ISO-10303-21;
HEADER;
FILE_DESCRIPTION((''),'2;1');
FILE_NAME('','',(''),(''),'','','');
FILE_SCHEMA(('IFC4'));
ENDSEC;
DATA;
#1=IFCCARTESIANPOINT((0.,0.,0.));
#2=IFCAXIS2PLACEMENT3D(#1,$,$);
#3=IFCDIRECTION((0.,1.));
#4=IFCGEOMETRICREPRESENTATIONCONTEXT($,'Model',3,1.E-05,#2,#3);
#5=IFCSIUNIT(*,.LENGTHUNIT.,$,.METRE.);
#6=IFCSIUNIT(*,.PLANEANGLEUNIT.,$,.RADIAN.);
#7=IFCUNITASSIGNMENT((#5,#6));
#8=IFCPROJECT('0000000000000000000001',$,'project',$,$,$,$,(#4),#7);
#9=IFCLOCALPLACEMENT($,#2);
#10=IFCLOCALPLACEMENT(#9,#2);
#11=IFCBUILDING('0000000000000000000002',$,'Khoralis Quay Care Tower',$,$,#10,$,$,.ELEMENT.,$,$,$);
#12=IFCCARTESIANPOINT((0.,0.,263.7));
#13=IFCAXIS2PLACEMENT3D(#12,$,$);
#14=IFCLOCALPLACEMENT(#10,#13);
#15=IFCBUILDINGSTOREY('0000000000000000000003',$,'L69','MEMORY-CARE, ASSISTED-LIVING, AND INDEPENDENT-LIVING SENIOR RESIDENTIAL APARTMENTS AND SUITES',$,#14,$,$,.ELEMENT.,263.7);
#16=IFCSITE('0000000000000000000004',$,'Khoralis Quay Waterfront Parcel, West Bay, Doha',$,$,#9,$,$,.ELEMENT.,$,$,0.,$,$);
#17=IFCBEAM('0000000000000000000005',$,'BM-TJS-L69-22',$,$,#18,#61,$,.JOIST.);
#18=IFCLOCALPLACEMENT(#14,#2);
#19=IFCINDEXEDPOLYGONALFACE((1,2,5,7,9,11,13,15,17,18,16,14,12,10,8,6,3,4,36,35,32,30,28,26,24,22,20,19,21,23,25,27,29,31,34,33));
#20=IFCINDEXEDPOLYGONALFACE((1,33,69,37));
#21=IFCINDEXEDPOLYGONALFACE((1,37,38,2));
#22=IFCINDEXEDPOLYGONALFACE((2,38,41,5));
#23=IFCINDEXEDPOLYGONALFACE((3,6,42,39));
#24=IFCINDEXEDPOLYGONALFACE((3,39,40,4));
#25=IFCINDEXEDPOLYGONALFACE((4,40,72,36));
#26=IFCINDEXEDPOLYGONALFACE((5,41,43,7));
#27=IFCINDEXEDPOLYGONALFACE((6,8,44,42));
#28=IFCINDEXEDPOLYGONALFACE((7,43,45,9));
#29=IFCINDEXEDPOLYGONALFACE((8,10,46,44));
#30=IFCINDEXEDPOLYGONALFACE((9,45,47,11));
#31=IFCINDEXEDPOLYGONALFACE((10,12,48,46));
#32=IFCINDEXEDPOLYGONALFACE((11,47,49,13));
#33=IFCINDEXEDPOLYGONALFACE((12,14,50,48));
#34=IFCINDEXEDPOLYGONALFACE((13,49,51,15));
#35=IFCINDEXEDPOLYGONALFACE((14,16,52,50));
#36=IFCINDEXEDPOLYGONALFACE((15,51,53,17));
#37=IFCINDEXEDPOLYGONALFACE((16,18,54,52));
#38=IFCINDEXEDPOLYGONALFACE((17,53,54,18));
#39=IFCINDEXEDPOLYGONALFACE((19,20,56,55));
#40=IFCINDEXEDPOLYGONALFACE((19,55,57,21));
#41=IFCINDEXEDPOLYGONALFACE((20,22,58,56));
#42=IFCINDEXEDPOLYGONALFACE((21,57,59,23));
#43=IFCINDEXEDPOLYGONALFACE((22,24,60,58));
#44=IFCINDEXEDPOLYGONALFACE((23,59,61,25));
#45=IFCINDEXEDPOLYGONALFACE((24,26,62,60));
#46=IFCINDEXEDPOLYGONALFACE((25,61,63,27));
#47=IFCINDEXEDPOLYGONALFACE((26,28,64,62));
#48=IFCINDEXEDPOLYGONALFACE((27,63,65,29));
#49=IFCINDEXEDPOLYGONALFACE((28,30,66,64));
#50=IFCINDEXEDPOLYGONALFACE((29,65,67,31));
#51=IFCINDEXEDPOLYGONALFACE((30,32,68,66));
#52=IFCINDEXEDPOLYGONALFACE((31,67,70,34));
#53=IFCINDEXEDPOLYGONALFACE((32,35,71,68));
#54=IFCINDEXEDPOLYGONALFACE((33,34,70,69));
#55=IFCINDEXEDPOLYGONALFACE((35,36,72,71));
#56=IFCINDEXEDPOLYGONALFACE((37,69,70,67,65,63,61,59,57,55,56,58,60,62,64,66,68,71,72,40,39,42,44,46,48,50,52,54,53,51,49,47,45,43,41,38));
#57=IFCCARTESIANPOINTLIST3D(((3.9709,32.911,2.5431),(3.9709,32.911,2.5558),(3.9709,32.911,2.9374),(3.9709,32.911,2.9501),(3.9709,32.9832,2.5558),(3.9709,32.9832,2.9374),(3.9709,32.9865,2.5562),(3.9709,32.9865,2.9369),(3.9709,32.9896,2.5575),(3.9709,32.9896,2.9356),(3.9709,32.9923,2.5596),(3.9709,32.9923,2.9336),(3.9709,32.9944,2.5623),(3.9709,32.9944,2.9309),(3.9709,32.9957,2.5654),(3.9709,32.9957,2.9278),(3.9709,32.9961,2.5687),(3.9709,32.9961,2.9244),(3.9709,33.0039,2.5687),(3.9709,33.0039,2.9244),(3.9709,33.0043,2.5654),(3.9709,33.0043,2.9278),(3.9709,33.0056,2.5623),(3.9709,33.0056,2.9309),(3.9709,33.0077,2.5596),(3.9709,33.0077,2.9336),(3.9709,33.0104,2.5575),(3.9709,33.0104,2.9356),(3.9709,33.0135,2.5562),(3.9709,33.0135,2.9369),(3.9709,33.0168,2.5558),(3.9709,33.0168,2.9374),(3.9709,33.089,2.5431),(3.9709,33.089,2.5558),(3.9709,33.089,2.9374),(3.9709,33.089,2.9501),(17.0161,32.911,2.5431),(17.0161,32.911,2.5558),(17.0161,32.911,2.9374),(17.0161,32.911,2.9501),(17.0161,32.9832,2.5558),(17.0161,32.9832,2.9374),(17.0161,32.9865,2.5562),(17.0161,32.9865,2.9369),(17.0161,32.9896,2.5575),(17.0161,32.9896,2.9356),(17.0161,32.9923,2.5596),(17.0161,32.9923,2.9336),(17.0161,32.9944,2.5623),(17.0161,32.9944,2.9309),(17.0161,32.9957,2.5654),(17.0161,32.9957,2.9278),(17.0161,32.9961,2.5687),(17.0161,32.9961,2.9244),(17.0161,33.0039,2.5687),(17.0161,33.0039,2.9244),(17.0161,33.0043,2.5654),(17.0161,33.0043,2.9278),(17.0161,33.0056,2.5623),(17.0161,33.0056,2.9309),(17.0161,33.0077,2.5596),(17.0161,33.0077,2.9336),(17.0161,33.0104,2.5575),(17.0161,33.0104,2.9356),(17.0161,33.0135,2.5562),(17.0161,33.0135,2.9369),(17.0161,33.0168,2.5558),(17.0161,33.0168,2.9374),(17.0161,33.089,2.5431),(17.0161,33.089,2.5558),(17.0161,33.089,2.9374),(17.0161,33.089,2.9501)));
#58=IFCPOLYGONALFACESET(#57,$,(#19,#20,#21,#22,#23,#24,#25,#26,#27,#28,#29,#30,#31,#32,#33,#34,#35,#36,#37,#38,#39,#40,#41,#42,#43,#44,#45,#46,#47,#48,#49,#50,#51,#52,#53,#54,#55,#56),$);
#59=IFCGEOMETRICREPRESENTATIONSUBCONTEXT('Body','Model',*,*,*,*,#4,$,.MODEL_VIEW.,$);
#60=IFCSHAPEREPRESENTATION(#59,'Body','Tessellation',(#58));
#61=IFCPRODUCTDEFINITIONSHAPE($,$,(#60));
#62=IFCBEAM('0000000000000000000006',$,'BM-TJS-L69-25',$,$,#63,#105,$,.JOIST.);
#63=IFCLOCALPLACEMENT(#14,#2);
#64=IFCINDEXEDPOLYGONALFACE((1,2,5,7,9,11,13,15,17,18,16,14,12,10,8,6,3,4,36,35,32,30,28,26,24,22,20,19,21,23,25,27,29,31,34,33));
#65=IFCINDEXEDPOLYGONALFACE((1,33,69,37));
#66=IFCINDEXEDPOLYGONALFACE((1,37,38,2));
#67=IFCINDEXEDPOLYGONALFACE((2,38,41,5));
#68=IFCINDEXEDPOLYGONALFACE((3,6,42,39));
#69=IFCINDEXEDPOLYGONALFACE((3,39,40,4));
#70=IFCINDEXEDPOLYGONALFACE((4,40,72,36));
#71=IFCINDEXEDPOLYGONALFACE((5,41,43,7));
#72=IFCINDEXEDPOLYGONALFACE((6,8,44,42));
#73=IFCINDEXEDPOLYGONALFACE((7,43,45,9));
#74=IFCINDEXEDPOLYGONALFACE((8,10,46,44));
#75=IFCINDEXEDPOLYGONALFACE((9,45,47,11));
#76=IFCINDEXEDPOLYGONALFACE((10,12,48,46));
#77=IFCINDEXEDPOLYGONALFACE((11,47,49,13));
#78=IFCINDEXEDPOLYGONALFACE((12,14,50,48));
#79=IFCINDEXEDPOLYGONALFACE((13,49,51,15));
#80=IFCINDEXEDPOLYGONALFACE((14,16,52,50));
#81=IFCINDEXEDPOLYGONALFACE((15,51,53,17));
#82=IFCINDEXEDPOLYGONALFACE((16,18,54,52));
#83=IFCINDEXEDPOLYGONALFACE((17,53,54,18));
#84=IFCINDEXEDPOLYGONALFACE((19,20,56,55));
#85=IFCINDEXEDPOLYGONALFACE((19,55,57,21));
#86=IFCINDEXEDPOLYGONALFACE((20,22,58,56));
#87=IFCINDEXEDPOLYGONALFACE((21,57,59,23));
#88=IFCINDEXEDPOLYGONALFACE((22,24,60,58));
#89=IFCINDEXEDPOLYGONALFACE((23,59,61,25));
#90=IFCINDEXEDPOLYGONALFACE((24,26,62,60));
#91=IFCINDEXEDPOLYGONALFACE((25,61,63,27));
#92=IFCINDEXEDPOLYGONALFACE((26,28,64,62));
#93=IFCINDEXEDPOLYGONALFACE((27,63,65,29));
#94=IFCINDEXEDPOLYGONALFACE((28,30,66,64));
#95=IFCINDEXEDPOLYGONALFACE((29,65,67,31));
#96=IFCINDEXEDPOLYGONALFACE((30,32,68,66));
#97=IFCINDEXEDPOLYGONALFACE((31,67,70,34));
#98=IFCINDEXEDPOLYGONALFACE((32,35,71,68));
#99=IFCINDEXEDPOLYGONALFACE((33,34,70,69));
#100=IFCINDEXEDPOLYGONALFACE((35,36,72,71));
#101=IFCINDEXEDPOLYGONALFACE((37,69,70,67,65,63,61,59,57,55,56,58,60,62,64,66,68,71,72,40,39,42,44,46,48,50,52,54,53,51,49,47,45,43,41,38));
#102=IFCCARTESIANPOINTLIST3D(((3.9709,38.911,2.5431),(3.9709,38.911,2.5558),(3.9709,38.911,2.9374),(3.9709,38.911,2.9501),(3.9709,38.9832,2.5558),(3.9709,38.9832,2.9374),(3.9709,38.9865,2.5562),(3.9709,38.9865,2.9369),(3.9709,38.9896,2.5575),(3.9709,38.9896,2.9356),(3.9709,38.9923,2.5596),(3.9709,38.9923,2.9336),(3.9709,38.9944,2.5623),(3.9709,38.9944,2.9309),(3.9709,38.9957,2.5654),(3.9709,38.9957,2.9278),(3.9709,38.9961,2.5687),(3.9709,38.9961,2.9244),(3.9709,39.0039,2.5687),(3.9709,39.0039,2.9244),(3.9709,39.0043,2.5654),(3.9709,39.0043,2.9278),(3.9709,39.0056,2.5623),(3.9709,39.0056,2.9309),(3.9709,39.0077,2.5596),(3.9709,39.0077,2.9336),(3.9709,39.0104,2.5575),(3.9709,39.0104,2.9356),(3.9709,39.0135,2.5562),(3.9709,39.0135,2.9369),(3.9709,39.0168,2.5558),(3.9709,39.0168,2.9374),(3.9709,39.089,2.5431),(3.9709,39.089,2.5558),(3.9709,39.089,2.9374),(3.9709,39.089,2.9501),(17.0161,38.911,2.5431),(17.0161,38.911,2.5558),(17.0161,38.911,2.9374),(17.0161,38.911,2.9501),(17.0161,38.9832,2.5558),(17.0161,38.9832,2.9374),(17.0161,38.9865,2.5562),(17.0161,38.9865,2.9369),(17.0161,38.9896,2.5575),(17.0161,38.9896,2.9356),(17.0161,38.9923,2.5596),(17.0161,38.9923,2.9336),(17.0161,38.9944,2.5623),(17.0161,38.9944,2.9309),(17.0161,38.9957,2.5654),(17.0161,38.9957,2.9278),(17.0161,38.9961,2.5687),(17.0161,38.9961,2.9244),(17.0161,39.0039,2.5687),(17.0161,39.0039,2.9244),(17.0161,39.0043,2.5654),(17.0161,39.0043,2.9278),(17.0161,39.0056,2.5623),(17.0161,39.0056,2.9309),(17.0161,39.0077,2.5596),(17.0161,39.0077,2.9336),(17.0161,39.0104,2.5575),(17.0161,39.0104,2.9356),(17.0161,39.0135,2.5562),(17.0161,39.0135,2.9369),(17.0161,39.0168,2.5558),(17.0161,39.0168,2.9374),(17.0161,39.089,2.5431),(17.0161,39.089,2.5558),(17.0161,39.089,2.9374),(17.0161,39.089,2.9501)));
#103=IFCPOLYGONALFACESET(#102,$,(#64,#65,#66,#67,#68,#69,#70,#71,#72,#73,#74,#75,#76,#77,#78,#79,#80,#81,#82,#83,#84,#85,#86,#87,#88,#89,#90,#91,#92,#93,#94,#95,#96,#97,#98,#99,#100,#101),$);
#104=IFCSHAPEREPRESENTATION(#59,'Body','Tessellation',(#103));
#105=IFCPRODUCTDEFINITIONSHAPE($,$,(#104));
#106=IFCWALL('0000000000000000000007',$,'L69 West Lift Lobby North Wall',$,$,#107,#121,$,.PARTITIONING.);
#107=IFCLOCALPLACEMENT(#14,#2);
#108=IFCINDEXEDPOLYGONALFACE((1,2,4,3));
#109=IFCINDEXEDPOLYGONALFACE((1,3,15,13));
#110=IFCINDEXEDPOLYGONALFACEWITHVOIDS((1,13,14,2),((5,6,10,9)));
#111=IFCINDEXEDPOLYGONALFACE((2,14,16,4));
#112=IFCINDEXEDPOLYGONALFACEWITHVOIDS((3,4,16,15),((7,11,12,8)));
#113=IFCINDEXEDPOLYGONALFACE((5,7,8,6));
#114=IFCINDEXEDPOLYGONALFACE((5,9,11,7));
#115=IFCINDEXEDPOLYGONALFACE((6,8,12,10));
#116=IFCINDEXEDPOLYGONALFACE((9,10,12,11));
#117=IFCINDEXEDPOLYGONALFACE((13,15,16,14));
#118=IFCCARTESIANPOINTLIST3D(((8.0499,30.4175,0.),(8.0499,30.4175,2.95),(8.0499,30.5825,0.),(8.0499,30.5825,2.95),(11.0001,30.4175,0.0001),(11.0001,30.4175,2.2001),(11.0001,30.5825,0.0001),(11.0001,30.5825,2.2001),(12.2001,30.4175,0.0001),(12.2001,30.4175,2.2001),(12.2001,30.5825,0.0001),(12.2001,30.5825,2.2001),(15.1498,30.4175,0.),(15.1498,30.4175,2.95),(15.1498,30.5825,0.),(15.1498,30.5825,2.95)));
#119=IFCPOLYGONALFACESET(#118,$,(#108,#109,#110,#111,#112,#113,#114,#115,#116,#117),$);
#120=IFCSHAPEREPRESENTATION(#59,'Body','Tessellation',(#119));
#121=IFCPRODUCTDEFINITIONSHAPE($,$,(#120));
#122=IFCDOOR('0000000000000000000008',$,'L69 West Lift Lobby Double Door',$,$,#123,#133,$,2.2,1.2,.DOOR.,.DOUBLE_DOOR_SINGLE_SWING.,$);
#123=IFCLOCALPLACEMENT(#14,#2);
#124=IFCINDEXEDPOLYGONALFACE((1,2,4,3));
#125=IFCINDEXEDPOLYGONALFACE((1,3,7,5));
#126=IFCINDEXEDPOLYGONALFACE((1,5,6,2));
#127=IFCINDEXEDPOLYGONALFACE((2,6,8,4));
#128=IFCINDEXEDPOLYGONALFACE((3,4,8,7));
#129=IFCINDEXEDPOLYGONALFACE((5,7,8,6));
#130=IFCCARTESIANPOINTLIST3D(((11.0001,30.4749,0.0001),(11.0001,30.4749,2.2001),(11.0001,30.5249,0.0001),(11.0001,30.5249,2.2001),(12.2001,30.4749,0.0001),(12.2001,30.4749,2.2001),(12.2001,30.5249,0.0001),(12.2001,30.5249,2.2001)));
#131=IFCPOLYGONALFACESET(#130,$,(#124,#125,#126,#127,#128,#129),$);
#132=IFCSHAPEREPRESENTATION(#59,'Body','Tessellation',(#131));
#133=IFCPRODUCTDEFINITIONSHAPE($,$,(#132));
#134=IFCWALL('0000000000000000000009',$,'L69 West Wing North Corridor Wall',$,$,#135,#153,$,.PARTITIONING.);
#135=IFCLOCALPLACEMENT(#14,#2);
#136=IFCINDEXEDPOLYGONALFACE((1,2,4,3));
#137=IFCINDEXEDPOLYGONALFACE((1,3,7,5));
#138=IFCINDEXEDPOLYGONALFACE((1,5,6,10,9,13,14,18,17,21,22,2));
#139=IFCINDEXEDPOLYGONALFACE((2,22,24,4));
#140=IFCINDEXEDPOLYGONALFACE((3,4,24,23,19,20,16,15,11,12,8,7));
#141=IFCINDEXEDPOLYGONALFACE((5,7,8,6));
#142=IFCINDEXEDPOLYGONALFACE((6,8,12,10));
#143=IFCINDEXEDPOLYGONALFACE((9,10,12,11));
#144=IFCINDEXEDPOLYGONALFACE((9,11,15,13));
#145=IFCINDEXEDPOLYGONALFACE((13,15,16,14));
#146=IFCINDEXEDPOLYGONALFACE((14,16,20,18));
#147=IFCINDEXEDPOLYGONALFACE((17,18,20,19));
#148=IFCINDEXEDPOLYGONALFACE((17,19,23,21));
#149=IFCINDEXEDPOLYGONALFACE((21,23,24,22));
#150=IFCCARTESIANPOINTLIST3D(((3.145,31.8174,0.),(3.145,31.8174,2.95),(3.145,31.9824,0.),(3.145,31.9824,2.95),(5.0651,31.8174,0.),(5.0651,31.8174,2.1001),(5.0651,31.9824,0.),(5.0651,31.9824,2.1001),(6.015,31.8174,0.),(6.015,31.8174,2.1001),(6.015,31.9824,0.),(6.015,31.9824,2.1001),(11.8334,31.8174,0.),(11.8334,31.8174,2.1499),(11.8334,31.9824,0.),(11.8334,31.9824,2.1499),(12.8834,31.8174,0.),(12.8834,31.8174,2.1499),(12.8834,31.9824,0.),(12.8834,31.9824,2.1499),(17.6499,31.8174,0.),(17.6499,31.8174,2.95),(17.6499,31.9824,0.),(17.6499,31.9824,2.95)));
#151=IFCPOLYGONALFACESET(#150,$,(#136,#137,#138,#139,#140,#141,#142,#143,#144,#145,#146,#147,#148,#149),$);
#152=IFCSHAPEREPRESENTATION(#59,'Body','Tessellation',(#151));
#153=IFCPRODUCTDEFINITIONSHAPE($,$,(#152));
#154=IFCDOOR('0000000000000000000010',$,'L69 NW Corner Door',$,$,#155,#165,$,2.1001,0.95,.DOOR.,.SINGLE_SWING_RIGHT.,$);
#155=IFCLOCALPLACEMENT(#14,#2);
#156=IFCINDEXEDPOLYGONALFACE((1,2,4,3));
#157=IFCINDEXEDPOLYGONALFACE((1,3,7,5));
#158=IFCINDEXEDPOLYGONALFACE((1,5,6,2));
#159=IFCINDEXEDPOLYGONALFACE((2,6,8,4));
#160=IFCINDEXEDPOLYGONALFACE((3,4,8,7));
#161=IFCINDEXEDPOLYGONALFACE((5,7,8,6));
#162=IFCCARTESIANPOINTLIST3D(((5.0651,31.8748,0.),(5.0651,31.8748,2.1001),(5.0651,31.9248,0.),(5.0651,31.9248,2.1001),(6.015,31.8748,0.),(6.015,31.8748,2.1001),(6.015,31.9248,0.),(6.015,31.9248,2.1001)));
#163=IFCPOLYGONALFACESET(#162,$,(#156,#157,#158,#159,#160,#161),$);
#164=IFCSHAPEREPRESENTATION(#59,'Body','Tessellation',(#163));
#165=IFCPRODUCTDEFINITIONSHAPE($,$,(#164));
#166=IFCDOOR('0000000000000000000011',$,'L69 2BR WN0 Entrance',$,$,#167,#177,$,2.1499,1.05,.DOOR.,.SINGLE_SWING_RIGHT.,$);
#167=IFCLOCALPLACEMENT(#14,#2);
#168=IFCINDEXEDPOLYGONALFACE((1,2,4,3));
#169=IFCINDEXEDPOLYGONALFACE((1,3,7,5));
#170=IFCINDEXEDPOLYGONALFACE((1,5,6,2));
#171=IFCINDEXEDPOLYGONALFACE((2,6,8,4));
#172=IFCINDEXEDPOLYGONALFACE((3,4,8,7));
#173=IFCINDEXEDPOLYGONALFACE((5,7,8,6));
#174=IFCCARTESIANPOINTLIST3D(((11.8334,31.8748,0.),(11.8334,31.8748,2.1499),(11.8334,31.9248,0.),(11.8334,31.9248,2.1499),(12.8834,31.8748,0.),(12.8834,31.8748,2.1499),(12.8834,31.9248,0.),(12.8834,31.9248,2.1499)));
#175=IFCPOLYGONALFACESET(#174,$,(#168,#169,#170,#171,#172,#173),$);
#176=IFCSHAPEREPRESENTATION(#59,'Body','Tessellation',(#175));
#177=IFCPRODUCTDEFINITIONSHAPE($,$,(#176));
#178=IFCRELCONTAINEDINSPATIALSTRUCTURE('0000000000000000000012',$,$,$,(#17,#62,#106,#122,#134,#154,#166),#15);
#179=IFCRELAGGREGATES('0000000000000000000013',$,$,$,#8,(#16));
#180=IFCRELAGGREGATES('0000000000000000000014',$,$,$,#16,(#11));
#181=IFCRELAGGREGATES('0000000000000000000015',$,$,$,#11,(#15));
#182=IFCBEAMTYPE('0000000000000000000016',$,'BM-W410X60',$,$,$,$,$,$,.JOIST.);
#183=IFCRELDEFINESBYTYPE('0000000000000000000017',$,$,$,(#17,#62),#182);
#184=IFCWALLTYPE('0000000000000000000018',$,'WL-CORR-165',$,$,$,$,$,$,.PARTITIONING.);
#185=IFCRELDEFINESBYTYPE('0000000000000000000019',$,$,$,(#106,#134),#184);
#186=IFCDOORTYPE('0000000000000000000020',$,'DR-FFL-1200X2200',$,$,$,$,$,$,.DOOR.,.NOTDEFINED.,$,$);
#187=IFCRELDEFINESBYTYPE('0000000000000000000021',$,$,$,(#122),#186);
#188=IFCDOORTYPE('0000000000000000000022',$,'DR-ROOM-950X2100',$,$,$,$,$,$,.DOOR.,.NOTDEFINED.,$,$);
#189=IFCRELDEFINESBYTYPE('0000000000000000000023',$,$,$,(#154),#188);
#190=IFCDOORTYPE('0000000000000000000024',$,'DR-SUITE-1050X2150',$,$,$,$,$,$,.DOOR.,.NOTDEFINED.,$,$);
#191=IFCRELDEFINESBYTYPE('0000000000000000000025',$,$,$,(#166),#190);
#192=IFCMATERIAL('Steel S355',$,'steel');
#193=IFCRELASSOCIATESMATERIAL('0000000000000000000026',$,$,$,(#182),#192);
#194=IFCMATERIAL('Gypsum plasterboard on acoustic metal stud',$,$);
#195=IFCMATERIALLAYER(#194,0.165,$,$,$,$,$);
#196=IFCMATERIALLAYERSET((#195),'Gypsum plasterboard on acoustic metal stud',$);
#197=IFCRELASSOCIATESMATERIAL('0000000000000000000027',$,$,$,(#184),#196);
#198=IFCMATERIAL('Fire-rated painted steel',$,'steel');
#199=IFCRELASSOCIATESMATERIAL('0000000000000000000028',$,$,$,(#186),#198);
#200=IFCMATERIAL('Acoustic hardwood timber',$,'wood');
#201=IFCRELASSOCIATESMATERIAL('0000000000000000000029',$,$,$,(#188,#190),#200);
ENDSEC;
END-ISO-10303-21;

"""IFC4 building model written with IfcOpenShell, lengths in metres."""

from ifc_helpers import new_model, si_unit, direction, frame, frame_2d, origin, origin_2d, place, context, subcontext, project, spatial, rectangle, i_section, extrude, source, transform, mapped, material, layer, layer_set, material_profile, profile_set, type_object, element, fill, save


model = new_model("IFC4")

# Units and contexts
model_context = context("Model", 3, precision=1e-05, world=origin(), true_north=direction((0.0, 1.0)))
body_context = subcontext(model_context, "Body", "Model", "MODEL_VIEW")
ifc_project = project(units=[si_unit("LENGTHUNIT", "METRE"), si_unit("PLANEANGLEUNIT", "RADIAN")], contexts=[model_context])

# Site, building, storey
site_placement = place(None, origin())
site = spatial("IfcSite", under=ifc_project, at=site_placement, Name="Khoralis Quay Waterfront Parcel, West Bay, Doha", CompositionType="ELEMENT", RefElevation=0.0)
building_placement = place(site_placement, origin())
building = spatial("IfcBuilding", under=site, at=building_placement, Name="Khoralis Quay Care Tower", CompositionType="ELEMENT")
storey_placement = place(building_placement, frame((0.0, 0.0, 263.7)))
storey = spatial("IfcBuildingStorey", under=building, at=storey_placement, Name="L69", Description="MEMORY-CARE, ASSISTED-LIVING, AND INDEPENDENT-LIVING SENIOR RESIDENTIAL APARTMENTS AND SUITES", CompositionType="ELEMENT", Elevation=263.7)

# Beams
ifc_material_1 = material(Name="Steel S355", Category="steel")
ifc_material_profile_1 = material_profile(ifc_material_1, i_section(OverallWidth=0.178, OverallDepth=0.407, WebThickness=0.0078, FlangeThickness=0.0127, FilletRadius=0.0129, at=origin_2d()), Name="Steel S355")
ifc_profile_set_1 = profile_set([ifc_material_profile_1], Name="Steel S355")
beam_type_1 = type_object("IfcBeamType", Name="BM-W410X60", PredefinedType="JOIST", material=ifc_profile_set_1)
shared_shape_1 = source(origin(), body_context, "Body", "SweptSolid", [
    extrude(i_section(OverallWidth=0.178, OverallDepth=0.407, WebThickness=0.0078, FlangeThickness=0.0127, FilletRadius=0.0129, at=origin_2d()), origin(), (0.0, 0.0, 1.0), 13.0452),
])
for number, where, z_axis, x_axis, name in (
    (1, (3.9709, 33.0, 2.7466), (1.0, 0.0, 0.0), (0.0, 1.0, 0.0), "BM-TJS-L69-22"),
    (2, (3.9709, 39.0, 2.7466), (1.0, 0.0, 0.0), (0.0, 1.0, 0.0), "BM-TJS-L69-25"),
):
    element("IfcBeam", number, at=place(storey_placement, frame(where, z_axis=z_axis, x_axis=x_axis)), inside=storey, type_object=beam_type_1, Name=name, PredefinedType="JOIST", context=body_context, shape_type="MappedRepresentation", body=[
        mapped(shared_shape_1, transform((0.0, 0.0, 0.0), scale=1.0)),
    ])

# Wall, opening, door
ifc_material_2 = material(Name="Gypsum plasterboard on acoustic metal stud")
ifc_layer_1 = layer(ifc_material_2, 0.165)
ifc_layer_set_1 = layer_set([ifc_layer_1], Name="Gypsum plasterboard on acoustic metal stud")
wall_type_1 = type_object("IfcWallType", Name="WL-CORR-165", PredefinedType="PARTITIONING", material=ifc_layer_set_1)
wall_1_placement = place(storey_placement, frame((8.05, 30.5, 0.0), z_axis=(0.0, 0.0, 1.0), x_axis=(1.0, 0.0, 0.0)))
wall_1 = element("IfcWall", 3, at=wall_1_placement, inside=storey, type_object=wall_type_1, Name="L69 West Lift Lobby North Wall", PredefinedType="PARTITIONING", context=body_context, shape_type="SweptSolid", body=[
    extrude(rectangle(XDim=7.0999, YDim=0.165, at=frame_2d((3.5498, 0.0))), origin(), (0.0, 0.0, 1.0), 2.95),
])
opening_1_placement = place(wall_1_placement, frame((2.95, 0.0, 0.0)))
opening_1 = element("IfcOpeningElement", 4, at=opening_1_placement, cuts=wall_1, PredefinedType="OPENING", context=body_context, shape_type="SweptSolid", body=[
    extrude(rectangle(XDim=1.2, YDim=2.2, at=frame_2d((0.6001, 1.1001))), frame((0.0, 0.0925, 0.0), z_axis=(0.0, -1.0, 0.0), x_axis=(1.0, 0.0, 0.0)), (0.0, 0.0, 1.0), 0.1851),
])
ifc_material_3 = material(Name="Fire-rated painted steel", Category="steel")
door_type_1 = type_object("IfcDoorType", Name="DR-FFL-1200X2200", OperationType="NOTDEFINED", PredefinedType="DOOR", material=ifc_material_3)
shared_shape_2 = source(origin(), body_context, "Body", "SweptSolid", [
    extrude(rectangle(XDim=1.2, YDim=2.2, at=frame_2d((0.6001, 1.1001))), frame((0.0, 0.0249, 0.0), z_axis=(0.0, -1.0, 0.0), x_axis=(1.0, 0.0, 0.0)), (0.0, 0.0, 1.0), 0.05),
])
door_1_placement = place(opening_1_placement, origin())
door_1 = element("IfcDoor", 5, at=door_1_placement, inside=storey, type_object=door_type_1, Name="L69 West Lift Lobby Double Door", OperationType="DOUBLE_DOOR_SINGLE_SWING", OverallHeight=2.2, OverallWidth=1.2, PredefinedType="DOOR", context=body_context, shape_type="MappedRepresentation", body=[
    mapped(shared_shape_2, transform((0.0, 0.0, 0.0), scale=1.0)),
])
fill(opening_1, door_1)

# Wall, openings, doors
wall_2_placement = place(storey_placement, frame((3.145, 31.8999, 0.0), z_axis=(0.0, 0.0, 1.0), x_axis=(1.0, 0.0, 0.0)))
wall_2 = element("IfcWall", 6, at=wall_2_placement, inside=storey, type_object=wall_type_1, Name="L69 West Wing North Corridor Wall", PredefinedType="PARTITIONING", context=body_context, shape_type="SweptSolid", body=[
    extrude(rectangle(XDim=14.5049, YDim=0.165, at=frame_2d((7.2524, 0.0))), origin(), (0.0, 0.0, 1.0), 2.95),
])
opening_2_placement = place(wall_2_placement, frame((8.6885, 0.0, 0.0)))
opening_2 = element("IfcOpeningElement", 7, at=opening_2_placement, cuts=wall_2, PredefinedType="OPENING", context=body_context, shape_type="SweptSolid", body=[
    extrude(rectangle(XDim=1.05, YDim=2.1499, at=frame_2d((0.5249, 1.075))), frame((0.0, 0.0925, 0.0), z_axis=(0.0, -1.0, 0.0), x_axis=(1.0, 0.0, 0.0)), (0.0, 0.0, 1.0), 0.1851),
])
opening_3_placement = place(wall_2_placement, frame((1.9199, 0.0, 0.0)))
opening_3 = element("IfcOpeningElement", 8, at=opening_3_placement, cuts=wall_2, PredefinedType="OPENING", context=body_context, shape_type="SweptSolid", body=[
    extrude(rectangle(XDim=0.95, YDim=2.1001, at=frame_2d((0.4751, 1.05))), frame((0.0, 0.0925, 0.0), z_axis=(0.0, -1.0, 0.0), x_axis=(1.0, 0.0, 0.0)), (0.0, 0.0, 1.0), 0.1851),
])
ifc_material_4 = material(Name="Acoustic hardwood timber", Category="wood")
door_type_2 = type_object("IfcDoorType", Name="DR-ROOM-950X2100", OperationType="NOTDEFINED", PredefinedType="DOOR", material=ifc_material_4)
shared_shape_3 = source(origin(), body_context, "Body", "SweptSolid", [
    extrude(rectangle(XDim=0.95, YDim=2.1001, at=frame_2d((0.4751, 1.05))), frame((0.0, 0.0249, 0.0), z_axis=(0.0, -1.0, 0.0), x_axis=(1.0, 0.0, 0.0)), (0.0, 0.0, 1.0), 0.05),
])
door_2_placement = place(opening_3_placement, origin())
door_2 = element("IfcDoor", 9, at=door_2_placement, inside=storey, type_object=door_type_2, Name="L69 NW Corner Door", OperationType="SINGLE_SWING_RIGHT", OverallHeight=2.1001, OverallWidth=0.95, PredefinedType="DOOR", context=body_context, shape_type="MappedRepresentation", body=[
    mapped(shared_shape_3, transform((0.0, 0.0, 0.0), scale=1.0)),
])
fill(opening_3, door_2)
door_type_3 = type_object("IfcDoorType", Name="DR-SUITE-1050X2150", OperationType="NOTDEFINED", PredefinedType="DOOR", material=ifc_material_4)
shared_shape_4 = source(origin(), body_context, "Body", "SweptSolid", [
    extrude(rectangle(XDim=1.05, YDim=2.1499, at=frame_2d((0.5249, 1.075))), frame((0.0, 0.0249, 0.0), z_axis=(0.0, -1.0, 0.0), x_axis=(1.0, 0.0, 0.0)), (0.0, 0.0, 1.0), 0.05),
])
door_3_placement = place(opening_2_placement, origin())
door_3 = element("IfcDoor", 10, at=door_3_placement, inside=storey, type_object=door_type_3, Name="L69 2BR WN0 Entrance", OperationType="SINGLE_SWING_RIGHT", OverallHeight=2.1499, OverallWidth=1.05, PredefinedType="DOOR", context=body_context, shape_type="MappedRepresentation", body=[
    mapped(shared_shape_4, transform((0.0, 0.0, 0.0), scale=1.0)),
])
fill(opening_2, door_3)

save(model, "model.ifc")
